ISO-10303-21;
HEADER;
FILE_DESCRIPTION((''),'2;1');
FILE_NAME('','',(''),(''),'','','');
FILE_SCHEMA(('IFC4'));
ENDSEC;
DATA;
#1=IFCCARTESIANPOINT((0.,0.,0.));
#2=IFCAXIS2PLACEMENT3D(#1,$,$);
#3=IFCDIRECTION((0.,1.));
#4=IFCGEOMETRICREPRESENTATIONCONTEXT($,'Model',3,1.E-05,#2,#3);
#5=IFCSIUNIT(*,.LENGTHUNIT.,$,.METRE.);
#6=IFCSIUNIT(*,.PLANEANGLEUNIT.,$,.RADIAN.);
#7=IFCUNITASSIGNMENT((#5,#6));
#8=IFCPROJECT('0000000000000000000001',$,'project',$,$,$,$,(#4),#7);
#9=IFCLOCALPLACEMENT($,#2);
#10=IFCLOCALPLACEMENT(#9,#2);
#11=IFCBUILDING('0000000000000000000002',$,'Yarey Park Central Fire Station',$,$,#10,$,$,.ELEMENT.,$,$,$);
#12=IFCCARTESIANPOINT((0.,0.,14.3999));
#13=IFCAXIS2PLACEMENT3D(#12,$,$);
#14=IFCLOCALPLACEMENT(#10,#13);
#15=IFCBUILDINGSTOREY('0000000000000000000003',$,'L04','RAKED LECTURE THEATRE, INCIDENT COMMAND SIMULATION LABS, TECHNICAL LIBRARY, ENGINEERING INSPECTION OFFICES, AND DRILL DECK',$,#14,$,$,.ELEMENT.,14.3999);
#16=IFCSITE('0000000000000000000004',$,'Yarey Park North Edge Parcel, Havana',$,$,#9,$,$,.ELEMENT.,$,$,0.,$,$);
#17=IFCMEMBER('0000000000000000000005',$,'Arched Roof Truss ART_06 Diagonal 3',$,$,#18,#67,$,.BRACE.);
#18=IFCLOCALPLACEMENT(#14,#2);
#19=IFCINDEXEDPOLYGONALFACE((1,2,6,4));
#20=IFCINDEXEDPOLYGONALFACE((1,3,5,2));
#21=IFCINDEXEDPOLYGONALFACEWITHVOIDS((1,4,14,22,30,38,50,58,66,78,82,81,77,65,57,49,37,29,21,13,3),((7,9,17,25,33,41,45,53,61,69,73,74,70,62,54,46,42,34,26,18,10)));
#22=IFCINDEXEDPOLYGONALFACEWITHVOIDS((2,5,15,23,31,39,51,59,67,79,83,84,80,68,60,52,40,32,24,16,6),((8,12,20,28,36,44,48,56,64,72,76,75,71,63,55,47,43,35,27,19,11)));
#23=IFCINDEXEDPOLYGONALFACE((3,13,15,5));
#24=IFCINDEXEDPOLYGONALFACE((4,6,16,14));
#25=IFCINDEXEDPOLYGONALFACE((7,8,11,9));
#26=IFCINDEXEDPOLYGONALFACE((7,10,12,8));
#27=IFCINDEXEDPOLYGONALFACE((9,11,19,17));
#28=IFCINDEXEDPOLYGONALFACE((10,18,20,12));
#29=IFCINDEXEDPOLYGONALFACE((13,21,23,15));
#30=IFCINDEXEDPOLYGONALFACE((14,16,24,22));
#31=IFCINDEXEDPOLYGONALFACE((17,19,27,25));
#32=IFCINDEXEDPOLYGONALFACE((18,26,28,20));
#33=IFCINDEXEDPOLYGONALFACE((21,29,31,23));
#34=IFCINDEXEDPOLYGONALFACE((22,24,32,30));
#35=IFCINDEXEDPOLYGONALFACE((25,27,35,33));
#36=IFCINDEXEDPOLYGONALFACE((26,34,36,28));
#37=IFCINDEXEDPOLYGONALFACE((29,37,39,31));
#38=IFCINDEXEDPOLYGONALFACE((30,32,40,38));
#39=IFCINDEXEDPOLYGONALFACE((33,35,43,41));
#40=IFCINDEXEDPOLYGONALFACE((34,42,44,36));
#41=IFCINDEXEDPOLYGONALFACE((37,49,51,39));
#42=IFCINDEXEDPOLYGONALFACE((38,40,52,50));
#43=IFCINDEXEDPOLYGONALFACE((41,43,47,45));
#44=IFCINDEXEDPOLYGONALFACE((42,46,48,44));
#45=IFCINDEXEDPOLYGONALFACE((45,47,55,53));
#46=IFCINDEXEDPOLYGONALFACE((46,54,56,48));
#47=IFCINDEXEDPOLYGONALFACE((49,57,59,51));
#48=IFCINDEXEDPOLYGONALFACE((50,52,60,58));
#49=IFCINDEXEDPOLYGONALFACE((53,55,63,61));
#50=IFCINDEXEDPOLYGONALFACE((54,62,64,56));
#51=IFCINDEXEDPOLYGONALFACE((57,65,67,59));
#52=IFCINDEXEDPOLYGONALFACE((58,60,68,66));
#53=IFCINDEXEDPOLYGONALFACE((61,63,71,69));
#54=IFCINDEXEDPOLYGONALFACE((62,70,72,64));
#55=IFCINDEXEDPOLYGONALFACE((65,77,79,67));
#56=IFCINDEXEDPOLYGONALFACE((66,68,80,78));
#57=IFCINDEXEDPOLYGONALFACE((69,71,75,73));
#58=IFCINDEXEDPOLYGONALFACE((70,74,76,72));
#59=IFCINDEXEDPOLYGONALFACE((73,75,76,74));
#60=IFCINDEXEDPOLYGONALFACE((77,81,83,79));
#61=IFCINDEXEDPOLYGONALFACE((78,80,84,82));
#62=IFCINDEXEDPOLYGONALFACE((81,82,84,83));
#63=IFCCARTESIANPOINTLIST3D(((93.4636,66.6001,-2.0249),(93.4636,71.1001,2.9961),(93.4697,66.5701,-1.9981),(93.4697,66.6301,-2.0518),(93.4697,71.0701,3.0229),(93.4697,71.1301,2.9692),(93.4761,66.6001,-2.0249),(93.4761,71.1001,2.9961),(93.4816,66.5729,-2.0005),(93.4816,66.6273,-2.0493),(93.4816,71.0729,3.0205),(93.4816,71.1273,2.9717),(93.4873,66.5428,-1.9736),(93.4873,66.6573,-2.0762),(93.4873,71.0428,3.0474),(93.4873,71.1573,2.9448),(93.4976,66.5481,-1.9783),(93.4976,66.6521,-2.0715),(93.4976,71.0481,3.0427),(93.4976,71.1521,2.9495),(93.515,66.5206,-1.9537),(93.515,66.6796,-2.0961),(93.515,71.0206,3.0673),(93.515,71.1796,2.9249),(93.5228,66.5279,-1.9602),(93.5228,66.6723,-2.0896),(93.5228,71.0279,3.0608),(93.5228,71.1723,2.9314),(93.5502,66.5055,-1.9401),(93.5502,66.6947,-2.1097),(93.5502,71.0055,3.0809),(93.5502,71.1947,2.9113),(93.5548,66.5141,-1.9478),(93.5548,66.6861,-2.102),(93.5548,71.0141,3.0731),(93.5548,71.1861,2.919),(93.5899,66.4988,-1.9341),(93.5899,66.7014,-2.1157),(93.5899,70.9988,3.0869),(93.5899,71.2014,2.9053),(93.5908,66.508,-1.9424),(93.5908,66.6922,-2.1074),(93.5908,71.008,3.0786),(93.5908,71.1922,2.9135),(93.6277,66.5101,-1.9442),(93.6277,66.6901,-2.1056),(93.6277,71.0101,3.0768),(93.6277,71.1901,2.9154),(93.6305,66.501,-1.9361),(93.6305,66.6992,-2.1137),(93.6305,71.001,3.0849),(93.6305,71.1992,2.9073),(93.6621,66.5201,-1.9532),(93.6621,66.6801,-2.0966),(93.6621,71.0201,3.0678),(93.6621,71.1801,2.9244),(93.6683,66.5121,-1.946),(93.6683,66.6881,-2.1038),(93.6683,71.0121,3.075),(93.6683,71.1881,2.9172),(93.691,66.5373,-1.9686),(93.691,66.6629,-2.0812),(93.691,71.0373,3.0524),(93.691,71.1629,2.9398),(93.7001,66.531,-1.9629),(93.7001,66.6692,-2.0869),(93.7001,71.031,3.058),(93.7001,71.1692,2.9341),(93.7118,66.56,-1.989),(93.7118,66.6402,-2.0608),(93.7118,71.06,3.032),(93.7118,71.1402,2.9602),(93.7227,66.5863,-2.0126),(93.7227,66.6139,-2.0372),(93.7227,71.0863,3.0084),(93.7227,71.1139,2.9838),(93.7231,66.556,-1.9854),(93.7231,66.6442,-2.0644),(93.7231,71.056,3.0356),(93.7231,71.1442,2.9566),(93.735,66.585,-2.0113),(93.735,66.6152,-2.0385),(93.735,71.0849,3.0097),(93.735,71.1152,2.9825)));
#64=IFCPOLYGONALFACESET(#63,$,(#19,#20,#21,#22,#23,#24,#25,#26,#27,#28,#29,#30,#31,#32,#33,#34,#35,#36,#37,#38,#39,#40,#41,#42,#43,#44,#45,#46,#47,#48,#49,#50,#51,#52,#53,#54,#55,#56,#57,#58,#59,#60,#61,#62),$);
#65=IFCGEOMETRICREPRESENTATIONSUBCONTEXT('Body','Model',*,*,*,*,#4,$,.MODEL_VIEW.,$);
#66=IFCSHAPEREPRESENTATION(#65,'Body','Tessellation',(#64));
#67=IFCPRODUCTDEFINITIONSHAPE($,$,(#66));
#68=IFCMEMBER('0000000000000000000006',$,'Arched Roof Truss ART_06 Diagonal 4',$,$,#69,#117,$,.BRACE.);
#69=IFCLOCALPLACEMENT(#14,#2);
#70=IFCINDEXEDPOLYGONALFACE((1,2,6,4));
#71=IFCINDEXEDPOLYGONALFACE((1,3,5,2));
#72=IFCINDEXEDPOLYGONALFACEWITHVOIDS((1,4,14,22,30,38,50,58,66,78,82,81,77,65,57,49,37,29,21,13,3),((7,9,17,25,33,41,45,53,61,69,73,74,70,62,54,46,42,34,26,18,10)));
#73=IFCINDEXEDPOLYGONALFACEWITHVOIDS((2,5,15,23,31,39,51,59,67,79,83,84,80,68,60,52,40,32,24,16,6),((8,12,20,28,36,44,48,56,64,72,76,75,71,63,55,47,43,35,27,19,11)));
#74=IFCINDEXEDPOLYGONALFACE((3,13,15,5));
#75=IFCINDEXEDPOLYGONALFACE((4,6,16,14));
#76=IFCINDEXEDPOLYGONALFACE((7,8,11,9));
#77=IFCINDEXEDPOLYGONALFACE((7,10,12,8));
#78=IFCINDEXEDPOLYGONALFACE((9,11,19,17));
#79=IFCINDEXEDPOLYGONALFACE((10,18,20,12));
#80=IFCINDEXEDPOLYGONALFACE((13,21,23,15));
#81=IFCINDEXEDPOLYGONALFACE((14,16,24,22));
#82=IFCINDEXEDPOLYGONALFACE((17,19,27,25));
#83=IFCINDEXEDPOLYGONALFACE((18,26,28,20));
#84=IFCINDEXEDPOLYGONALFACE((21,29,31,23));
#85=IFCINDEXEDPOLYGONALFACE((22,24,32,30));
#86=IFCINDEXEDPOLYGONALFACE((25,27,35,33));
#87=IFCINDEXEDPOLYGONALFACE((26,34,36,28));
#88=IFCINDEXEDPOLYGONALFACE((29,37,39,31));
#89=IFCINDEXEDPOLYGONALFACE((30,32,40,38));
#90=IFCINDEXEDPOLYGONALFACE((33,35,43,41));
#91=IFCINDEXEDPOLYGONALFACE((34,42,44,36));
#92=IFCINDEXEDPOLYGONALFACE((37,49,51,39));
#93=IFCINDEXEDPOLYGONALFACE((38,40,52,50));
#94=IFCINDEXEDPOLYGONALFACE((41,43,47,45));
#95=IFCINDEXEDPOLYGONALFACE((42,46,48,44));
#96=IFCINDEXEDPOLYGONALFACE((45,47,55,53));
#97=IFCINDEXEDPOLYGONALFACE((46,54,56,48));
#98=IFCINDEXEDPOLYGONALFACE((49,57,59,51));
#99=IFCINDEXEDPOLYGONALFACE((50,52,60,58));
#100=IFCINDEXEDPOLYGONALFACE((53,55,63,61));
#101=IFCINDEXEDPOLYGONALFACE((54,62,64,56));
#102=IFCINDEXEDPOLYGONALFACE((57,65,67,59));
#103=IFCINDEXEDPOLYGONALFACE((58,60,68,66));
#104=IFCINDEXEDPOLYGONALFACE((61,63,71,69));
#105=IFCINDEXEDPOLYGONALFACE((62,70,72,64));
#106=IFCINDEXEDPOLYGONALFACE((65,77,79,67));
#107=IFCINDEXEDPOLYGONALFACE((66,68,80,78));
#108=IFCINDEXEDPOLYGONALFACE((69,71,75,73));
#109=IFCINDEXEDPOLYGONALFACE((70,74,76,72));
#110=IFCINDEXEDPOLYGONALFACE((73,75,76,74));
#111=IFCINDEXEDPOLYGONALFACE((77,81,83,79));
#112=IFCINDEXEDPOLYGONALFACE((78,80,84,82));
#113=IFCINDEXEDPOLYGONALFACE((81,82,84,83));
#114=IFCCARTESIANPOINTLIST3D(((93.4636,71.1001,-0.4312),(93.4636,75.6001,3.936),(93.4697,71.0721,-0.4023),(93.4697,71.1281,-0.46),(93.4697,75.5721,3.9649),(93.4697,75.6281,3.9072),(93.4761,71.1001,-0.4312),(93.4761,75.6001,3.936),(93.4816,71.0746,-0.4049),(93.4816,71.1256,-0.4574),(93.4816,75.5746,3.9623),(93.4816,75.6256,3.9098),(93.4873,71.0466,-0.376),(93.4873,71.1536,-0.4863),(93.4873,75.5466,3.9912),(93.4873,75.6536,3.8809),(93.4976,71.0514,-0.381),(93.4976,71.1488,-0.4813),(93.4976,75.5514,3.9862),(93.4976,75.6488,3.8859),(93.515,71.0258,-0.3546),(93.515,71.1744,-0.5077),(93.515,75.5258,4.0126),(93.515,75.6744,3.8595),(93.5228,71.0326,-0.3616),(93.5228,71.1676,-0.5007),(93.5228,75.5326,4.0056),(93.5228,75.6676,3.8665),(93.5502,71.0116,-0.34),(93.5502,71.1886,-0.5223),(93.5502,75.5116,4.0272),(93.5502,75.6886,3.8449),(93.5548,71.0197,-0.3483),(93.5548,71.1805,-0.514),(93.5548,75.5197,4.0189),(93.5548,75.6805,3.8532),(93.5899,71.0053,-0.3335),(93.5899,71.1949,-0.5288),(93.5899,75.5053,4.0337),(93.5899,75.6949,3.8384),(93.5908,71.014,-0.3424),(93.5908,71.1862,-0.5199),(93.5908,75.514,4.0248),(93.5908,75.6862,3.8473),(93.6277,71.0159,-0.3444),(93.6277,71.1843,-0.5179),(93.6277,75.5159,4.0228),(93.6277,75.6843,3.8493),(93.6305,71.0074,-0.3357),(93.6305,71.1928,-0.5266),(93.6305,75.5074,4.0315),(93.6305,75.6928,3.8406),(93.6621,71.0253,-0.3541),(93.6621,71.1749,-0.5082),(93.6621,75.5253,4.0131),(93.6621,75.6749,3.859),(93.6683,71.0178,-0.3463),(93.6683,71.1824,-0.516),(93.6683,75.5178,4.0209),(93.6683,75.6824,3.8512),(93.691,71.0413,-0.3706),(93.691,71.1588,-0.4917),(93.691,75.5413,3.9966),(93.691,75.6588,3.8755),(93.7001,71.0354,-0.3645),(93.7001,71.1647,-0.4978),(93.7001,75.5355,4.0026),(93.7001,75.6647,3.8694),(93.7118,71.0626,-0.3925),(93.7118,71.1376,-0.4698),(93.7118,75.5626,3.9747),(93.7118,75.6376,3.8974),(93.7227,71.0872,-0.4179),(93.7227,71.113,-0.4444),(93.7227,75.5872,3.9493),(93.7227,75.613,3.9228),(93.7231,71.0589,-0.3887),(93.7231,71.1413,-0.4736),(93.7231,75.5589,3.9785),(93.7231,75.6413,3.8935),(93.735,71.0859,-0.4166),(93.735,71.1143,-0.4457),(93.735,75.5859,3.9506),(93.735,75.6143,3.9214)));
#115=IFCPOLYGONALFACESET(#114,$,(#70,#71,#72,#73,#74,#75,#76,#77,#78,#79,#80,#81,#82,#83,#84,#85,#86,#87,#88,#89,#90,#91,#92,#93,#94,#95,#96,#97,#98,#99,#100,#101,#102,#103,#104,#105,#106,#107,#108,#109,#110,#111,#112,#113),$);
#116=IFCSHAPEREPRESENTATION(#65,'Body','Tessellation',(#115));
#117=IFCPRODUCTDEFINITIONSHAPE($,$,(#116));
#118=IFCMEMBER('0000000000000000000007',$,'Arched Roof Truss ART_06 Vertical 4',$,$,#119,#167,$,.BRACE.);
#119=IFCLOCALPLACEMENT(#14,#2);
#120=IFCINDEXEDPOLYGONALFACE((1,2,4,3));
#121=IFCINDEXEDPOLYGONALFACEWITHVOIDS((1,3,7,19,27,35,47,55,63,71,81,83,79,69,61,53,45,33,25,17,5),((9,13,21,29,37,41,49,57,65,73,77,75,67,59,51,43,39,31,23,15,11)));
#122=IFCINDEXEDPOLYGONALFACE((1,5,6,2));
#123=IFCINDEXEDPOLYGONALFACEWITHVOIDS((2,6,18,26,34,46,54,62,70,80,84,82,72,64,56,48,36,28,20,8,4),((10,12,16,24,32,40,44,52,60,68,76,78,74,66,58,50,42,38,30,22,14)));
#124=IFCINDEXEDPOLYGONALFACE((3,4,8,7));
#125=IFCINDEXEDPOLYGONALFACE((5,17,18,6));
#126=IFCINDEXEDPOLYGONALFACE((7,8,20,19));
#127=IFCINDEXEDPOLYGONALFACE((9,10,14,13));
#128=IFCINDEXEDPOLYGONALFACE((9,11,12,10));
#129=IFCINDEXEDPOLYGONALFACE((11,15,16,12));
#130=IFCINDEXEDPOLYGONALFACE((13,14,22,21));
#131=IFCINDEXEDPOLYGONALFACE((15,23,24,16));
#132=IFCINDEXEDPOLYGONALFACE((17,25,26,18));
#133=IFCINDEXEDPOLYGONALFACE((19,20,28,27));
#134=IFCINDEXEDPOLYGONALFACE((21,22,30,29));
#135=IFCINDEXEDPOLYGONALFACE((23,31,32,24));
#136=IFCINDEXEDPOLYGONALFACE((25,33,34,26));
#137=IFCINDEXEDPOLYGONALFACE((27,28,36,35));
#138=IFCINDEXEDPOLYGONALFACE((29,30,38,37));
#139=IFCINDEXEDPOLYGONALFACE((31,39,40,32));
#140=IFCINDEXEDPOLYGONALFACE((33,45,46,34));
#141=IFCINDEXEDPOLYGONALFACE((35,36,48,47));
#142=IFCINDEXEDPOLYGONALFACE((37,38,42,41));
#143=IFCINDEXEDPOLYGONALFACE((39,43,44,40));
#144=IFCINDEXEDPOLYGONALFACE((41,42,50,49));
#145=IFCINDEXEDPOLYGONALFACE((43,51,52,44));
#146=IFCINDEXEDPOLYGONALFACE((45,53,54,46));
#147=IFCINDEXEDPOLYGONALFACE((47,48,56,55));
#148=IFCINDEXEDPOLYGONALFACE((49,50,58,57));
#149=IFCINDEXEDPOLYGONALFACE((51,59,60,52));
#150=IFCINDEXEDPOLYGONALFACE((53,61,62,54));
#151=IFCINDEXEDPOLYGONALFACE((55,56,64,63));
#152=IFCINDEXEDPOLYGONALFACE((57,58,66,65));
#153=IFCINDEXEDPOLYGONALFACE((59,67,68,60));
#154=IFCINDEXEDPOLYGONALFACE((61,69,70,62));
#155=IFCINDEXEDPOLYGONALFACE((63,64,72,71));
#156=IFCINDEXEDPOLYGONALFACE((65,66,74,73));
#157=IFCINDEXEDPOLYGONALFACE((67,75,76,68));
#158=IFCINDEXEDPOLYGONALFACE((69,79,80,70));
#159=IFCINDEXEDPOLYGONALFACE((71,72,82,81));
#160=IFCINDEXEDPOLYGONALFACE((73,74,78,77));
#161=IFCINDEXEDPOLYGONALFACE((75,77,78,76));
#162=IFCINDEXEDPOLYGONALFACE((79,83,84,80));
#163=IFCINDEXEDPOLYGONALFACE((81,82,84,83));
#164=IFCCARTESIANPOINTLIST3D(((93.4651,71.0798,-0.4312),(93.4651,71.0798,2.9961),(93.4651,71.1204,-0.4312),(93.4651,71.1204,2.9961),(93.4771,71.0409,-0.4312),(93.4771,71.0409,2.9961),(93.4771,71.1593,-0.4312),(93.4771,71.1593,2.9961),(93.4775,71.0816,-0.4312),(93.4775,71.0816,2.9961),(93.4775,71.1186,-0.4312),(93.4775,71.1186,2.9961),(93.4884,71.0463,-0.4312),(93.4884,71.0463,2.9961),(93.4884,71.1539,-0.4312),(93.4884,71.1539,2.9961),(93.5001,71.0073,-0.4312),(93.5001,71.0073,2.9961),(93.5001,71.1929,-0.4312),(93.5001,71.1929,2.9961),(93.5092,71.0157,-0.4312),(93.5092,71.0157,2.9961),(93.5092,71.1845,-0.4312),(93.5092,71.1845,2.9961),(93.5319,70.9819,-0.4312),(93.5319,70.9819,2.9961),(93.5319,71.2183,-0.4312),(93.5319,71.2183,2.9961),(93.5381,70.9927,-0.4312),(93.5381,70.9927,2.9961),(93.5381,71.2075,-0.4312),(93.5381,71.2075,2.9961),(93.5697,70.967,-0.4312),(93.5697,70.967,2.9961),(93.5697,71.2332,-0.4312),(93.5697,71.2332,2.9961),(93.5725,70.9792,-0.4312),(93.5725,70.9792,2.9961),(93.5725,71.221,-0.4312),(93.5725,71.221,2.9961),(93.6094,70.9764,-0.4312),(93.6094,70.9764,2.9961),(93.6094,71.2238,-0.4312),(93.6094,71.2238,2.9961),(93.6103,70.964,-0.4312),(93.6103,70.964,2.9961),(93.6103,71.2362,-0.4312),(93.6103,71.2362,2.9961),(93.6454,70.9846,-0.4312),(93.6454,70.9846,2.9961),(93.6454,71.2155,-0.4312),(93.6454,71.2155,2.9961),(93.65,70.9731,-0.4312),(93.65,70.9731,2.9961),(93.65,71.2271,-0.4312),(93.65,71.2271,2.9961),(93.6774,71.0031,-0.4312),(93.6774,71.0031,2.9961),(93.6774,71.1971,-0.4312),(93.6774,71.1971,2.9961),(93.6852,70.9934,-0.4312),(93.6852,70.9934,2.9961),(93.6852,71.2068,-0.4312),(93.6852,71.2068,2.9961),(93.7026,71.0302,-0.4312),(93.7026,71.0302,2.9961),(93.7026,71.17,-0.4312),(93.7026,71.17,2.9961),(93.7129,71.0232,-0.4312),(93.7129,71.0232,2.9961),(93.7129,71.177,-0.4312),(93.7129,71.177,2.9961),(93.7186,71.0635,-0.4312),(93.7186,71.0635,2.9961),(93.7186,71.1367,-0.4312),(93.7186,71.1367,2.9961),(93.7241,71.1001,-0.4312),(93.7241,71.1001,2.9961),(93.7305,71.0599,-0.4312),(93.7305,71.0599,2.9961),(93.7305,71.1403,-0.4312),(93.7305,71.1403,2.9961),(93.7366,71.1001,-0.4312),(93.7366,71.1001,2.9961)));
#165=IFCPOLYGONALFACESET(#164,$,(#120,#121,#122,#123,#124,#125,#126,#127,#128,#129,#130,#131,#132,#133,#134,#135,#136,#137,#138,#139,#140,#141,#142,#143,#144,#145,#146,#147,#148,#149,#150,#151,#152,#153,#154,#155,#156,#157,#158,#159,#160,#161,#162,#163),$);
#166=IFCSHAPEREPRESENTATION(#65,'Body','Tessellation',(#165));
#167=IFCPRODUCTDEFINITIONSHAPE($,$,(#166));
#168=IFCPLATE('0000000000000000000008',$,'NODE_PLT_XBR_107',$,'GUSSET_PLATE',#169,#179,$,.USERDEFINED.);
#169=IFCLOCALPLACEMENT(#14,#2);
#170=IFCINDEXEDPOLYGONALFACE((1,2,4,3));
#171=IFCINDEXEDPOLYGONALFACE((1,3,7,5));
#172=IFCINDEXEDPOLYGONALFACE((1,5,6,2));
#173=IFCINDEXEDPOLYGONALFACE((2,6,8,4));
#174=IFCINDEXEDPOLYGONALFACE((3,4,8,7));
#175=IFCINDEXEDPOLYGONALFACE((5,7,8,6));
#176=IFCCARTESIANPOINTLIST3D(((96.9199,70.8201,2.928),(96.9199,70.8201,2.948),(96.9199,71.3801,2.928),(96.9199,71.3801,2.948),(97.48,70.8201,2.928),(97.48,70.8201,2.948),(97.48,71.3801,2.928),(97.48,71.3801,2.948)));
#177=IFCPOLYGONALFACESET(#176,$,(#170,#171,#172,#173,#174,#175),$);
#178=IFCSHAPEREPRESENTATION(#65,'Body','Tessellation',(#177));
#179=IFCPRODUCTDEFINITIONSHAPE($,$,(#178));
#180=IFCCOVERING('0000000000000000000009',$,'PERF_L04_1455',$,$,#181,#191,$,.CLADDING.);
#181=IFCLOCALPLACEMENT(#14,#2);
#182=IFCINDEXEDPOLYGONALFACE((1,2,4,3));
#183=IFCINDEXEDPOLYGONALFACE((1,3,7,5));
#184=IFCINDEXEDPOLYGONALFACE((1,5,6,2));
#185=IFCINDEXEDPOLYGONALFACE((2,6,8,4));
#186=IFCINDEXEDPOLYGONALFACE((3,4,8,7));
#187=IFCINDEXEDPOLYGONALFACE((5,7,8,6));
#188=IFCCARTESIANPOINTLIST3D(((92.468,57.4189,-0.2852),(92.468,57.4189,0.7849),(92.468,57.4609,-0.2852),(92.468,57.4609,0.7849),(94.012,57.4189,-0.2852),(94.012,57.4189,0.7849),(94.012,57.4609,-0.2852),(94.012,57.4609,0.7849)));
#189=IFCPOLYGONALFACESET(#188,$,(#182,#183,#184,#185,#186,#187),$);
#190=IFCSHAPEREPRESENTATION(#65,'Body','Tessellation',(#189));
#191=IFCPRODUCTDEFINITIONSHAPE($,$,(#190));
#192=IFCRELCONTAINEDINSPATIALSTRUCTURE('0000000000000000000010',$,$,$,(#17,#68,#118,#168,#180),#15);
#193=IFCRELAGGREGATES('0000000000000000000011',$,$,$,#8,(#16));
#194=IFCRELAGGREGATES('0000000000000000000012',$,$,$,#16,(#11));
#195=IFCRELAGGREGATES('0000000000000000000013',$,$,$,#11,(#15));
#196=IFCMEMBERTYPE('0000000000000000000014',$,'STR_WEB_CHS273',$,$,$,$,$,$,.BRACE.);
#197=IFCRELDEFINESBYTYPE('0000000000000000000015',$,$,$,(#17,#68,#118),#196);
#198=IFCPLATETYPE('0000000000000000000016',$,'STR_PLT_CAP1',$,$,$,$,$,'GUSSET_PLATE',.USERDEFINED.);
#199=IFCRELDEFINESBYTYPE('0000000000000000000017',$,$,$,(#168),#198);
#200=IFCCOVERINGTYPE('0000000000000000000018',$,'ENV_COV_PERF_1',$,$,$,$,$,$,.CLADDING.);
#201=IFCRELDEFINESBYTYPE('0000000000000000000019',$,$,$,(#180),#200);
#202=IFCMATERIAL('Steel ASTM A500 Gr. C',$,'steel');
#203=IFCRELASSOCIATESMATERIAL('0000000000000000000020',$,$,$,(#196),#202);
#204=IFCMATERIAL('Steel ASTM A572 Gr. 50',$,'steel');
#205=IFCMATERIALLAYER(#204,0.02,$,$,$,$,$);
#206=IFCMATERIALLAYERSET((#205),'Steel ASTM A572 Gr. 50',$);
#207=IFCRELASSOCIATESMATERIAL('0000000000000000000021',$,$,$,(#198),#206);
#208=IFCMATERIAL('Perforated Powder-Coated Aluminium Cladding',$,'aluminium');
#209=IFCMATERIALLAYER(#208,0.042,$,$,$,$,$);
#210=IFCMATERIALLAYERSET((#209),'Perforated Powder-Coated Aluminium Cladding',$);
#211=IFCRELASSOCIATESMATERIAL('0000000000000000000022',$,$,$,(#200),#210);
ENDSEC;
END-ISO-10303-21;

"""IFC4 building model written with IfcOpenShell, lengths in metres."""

from ifc_helpers import new_model, si_unit, direction, frame, origin, origin_2d, place, context, subcontext, project, spatial, rectangle, hollow_circle, extrude, material, layer, layer_set, material_profile, profile_set, type_object, element, save


model = new_model("IFC4")

# Units and contexts
model_context = context("Model", 3, precision=1e-05, world=origin(), true_north=direction((0.0, 1.0)))
body_context = subcontext(model_context, "Body", "Model", "MODEL_VIEW")
ifc_project = project(units=[si_unit("LENGTHUNIT", "METRE"), si_unit("PLANEANGLEUNIT", "RADIAN")], contexts=[model_context])

# Site, building, storey
site_placement = place(None, origin())
site = spatial("IfcSite", under=ifc_project, at=site_placement, Name="Yarey Park North Edge Parcel, Havana", CompositionType="ELEMENT", RefElevation=0.0)
building_placement = place(site_placement, origin())
building = spatial("IfcBuilding", under=site, at=building_placement, Name="Yarey Park Central Fire Station", CompositionType="ELEMENT")
storey_placement = place(building_placement, frame((0.0, 0.0, 14.3999)))
storey = spatial("IfcBuildingStorey", under=building, at=storey_placement, Name="L04", Description="RAKED LECTURE THEATRE, INCIDENT COMMAND SIMULATION LABS, TECHNICAL LIBRARY, ENGINEERING INSPECTION OFFICES, AND DRILL DECK", CompositionType="ELEMENT", Elevation=14.3999)

# Shared definitions
ifc_material_1 = material(Name="Steel ASTM A500 Gr. C", Category="steel")

# Members
ifc_material_profile_1 = material_profile(ifc_material_1, hollow_circle(Radius=0.1365, WallThickness=0.0125, at=origin_2d()), Name="CHS 273x12.5")
ifc_profile_set_1 = profile_set([ifc_material_profile_1], Name="Steel ASTM A500 Gr. C")
member_type_1 = type_object("IfcMemberType", Name="STR_WEB_CHS273", PredefinedType="BRACE", material=ifc_profile_set_1)
member_1_placement = place(storey_placement, frame((93.6001, 66.6001, -2.0249), z_axis=(0.0, 0.667415, 0.744686), x_axis=(-1.0, 0.0, 0.0)))
element("IfcMember", 1, at=member_1_placement, inside=storey, type_object=member_type_1, Name="Arched Roof Truss ART_06 Diagonal 3", PredefinedType="BRACE", context=body_context, shape_type="SweptSolid", body=[
    extrude(hollow_circle(Radius=0.1365, WallThickness=0.0125, at=origin_2d()), origin(), (0.0, 0.0, 1.0), 6.7424),
])
member_2_placement = place(storey_placement, frame((93.6001, 71.1001, -0.4312), z_axis=(0.0, 0.717617, 0.696438), x_axis=(-1.0, 0.0, 0.0)))
element("IfcMember", 2, at=member_2_placement, inside=storey, type_object=member_type_1, Name="Arched Roof Truss ART_06 Diagonal 4", PredefinedType="BRACE", context=body_context, shape_type="SweptSolid", body=[
    extrude(hollow_circle(Radius=0.1365, WallThickness=0.0125, at=origin_2d()), origin(), (0.0, 0.0, 1.0), 6.2708),
])
member_3_placement = place(storey_placement, frame((93.6001, 71.1001, -0.4312), z_axis=(0.0, 0.0, 1.0), x_axis=(1.0, 0.0, 0.0)))
element("IfcMember", 3, at=member_3_placement, inside=storey, type_object=member_type_1, Name="Arched Roof Truss ART_06 Vertical 4", PredefinedType="BRACE", context=body_context, shape_type="SweptSolid", body=[
    extrude(hollow_circle(Radius=0.1365, WallThickness=0.0125, at=origin_2d()), origin(), (0.0, 0.0, 1.0), 3.4272),
])

# Plate
ifc_material_2 = material(Name="Steel ASTM A572 Gr. 50", Category="steel")
ifc_layer_1 = layer(ifc_material_2, 0.02)
ifc_layer_set_1 = layer_set([ifc_layer_1], Name="Steel ASTM A572 Gr. 50")
plate_type = type_object("IfcPlateType", Name="STR_PLT_CAP1", ElementType="GUSSET_PLATE", PredefinedType="USERDEFINED", material=ifc_layer_set_1)
plate_placement = place(storey_placement, frame((97.2, 71.1001, 2.928), z_axis=(0.0, 0.0, 1.0), x_axis=(1.0, 0.0, 0.0)))
element("IfcPlate", 4, at=plate_placement, inside=storey, type_object=plate_type, Name="NODE_PLT_XBR_107", ObjectType="GUSSET_PLATE", PredefinedType="USERDEFINED", context=body_context, shape_type="SweptSolid", body=[
    extrude(rectangle(XDim=0.5601, YDim=0.5601, at=origin_2d()), origin(), (0.0, 0.0, 1.0), 0.02),
])

# Covering
ifc_material_3 = material(Name="Perforated Powder-Coated Aluminium Cladding", Category="aluminium")
ifc_layer_2 = layer(ifc_material_3, 0.042)
ifc_layer_set_2 = layer_set([ifc_layer_2], Name="Perforated Powder-Coated Aluminium Cladding")
covering_type_1 = type_object("IfcCoveringType", Name="ENV_COV_PERF_1", PredefinedType="CLADDING", material=ifc_layer_set_2)
for number, where, z_axis, x_axis, name in (
    (5, (93.24, 57.4399, -0.2852), (0.0, 0.0, 1.0), (1.0, 0.0, 0.0), "PERF_L04_1455"),
):
    element("IfcCovering", number, at=place(storey_placement, frame(where, z_axis=z_axis, x_axis=x_axis)), inside=storey, type_object=covering_type_1, Name=name, PredefinedType="CLADDING", context=body_context, shape_type="SweptSolid", body=[
        extrude(rectangle(XDim=1.5439, YDim=0.042, at=origin_2d()), origin(), (0.0, 0.0, 1.0), 1.0701),
    ])

save(model, "model.ifc")
